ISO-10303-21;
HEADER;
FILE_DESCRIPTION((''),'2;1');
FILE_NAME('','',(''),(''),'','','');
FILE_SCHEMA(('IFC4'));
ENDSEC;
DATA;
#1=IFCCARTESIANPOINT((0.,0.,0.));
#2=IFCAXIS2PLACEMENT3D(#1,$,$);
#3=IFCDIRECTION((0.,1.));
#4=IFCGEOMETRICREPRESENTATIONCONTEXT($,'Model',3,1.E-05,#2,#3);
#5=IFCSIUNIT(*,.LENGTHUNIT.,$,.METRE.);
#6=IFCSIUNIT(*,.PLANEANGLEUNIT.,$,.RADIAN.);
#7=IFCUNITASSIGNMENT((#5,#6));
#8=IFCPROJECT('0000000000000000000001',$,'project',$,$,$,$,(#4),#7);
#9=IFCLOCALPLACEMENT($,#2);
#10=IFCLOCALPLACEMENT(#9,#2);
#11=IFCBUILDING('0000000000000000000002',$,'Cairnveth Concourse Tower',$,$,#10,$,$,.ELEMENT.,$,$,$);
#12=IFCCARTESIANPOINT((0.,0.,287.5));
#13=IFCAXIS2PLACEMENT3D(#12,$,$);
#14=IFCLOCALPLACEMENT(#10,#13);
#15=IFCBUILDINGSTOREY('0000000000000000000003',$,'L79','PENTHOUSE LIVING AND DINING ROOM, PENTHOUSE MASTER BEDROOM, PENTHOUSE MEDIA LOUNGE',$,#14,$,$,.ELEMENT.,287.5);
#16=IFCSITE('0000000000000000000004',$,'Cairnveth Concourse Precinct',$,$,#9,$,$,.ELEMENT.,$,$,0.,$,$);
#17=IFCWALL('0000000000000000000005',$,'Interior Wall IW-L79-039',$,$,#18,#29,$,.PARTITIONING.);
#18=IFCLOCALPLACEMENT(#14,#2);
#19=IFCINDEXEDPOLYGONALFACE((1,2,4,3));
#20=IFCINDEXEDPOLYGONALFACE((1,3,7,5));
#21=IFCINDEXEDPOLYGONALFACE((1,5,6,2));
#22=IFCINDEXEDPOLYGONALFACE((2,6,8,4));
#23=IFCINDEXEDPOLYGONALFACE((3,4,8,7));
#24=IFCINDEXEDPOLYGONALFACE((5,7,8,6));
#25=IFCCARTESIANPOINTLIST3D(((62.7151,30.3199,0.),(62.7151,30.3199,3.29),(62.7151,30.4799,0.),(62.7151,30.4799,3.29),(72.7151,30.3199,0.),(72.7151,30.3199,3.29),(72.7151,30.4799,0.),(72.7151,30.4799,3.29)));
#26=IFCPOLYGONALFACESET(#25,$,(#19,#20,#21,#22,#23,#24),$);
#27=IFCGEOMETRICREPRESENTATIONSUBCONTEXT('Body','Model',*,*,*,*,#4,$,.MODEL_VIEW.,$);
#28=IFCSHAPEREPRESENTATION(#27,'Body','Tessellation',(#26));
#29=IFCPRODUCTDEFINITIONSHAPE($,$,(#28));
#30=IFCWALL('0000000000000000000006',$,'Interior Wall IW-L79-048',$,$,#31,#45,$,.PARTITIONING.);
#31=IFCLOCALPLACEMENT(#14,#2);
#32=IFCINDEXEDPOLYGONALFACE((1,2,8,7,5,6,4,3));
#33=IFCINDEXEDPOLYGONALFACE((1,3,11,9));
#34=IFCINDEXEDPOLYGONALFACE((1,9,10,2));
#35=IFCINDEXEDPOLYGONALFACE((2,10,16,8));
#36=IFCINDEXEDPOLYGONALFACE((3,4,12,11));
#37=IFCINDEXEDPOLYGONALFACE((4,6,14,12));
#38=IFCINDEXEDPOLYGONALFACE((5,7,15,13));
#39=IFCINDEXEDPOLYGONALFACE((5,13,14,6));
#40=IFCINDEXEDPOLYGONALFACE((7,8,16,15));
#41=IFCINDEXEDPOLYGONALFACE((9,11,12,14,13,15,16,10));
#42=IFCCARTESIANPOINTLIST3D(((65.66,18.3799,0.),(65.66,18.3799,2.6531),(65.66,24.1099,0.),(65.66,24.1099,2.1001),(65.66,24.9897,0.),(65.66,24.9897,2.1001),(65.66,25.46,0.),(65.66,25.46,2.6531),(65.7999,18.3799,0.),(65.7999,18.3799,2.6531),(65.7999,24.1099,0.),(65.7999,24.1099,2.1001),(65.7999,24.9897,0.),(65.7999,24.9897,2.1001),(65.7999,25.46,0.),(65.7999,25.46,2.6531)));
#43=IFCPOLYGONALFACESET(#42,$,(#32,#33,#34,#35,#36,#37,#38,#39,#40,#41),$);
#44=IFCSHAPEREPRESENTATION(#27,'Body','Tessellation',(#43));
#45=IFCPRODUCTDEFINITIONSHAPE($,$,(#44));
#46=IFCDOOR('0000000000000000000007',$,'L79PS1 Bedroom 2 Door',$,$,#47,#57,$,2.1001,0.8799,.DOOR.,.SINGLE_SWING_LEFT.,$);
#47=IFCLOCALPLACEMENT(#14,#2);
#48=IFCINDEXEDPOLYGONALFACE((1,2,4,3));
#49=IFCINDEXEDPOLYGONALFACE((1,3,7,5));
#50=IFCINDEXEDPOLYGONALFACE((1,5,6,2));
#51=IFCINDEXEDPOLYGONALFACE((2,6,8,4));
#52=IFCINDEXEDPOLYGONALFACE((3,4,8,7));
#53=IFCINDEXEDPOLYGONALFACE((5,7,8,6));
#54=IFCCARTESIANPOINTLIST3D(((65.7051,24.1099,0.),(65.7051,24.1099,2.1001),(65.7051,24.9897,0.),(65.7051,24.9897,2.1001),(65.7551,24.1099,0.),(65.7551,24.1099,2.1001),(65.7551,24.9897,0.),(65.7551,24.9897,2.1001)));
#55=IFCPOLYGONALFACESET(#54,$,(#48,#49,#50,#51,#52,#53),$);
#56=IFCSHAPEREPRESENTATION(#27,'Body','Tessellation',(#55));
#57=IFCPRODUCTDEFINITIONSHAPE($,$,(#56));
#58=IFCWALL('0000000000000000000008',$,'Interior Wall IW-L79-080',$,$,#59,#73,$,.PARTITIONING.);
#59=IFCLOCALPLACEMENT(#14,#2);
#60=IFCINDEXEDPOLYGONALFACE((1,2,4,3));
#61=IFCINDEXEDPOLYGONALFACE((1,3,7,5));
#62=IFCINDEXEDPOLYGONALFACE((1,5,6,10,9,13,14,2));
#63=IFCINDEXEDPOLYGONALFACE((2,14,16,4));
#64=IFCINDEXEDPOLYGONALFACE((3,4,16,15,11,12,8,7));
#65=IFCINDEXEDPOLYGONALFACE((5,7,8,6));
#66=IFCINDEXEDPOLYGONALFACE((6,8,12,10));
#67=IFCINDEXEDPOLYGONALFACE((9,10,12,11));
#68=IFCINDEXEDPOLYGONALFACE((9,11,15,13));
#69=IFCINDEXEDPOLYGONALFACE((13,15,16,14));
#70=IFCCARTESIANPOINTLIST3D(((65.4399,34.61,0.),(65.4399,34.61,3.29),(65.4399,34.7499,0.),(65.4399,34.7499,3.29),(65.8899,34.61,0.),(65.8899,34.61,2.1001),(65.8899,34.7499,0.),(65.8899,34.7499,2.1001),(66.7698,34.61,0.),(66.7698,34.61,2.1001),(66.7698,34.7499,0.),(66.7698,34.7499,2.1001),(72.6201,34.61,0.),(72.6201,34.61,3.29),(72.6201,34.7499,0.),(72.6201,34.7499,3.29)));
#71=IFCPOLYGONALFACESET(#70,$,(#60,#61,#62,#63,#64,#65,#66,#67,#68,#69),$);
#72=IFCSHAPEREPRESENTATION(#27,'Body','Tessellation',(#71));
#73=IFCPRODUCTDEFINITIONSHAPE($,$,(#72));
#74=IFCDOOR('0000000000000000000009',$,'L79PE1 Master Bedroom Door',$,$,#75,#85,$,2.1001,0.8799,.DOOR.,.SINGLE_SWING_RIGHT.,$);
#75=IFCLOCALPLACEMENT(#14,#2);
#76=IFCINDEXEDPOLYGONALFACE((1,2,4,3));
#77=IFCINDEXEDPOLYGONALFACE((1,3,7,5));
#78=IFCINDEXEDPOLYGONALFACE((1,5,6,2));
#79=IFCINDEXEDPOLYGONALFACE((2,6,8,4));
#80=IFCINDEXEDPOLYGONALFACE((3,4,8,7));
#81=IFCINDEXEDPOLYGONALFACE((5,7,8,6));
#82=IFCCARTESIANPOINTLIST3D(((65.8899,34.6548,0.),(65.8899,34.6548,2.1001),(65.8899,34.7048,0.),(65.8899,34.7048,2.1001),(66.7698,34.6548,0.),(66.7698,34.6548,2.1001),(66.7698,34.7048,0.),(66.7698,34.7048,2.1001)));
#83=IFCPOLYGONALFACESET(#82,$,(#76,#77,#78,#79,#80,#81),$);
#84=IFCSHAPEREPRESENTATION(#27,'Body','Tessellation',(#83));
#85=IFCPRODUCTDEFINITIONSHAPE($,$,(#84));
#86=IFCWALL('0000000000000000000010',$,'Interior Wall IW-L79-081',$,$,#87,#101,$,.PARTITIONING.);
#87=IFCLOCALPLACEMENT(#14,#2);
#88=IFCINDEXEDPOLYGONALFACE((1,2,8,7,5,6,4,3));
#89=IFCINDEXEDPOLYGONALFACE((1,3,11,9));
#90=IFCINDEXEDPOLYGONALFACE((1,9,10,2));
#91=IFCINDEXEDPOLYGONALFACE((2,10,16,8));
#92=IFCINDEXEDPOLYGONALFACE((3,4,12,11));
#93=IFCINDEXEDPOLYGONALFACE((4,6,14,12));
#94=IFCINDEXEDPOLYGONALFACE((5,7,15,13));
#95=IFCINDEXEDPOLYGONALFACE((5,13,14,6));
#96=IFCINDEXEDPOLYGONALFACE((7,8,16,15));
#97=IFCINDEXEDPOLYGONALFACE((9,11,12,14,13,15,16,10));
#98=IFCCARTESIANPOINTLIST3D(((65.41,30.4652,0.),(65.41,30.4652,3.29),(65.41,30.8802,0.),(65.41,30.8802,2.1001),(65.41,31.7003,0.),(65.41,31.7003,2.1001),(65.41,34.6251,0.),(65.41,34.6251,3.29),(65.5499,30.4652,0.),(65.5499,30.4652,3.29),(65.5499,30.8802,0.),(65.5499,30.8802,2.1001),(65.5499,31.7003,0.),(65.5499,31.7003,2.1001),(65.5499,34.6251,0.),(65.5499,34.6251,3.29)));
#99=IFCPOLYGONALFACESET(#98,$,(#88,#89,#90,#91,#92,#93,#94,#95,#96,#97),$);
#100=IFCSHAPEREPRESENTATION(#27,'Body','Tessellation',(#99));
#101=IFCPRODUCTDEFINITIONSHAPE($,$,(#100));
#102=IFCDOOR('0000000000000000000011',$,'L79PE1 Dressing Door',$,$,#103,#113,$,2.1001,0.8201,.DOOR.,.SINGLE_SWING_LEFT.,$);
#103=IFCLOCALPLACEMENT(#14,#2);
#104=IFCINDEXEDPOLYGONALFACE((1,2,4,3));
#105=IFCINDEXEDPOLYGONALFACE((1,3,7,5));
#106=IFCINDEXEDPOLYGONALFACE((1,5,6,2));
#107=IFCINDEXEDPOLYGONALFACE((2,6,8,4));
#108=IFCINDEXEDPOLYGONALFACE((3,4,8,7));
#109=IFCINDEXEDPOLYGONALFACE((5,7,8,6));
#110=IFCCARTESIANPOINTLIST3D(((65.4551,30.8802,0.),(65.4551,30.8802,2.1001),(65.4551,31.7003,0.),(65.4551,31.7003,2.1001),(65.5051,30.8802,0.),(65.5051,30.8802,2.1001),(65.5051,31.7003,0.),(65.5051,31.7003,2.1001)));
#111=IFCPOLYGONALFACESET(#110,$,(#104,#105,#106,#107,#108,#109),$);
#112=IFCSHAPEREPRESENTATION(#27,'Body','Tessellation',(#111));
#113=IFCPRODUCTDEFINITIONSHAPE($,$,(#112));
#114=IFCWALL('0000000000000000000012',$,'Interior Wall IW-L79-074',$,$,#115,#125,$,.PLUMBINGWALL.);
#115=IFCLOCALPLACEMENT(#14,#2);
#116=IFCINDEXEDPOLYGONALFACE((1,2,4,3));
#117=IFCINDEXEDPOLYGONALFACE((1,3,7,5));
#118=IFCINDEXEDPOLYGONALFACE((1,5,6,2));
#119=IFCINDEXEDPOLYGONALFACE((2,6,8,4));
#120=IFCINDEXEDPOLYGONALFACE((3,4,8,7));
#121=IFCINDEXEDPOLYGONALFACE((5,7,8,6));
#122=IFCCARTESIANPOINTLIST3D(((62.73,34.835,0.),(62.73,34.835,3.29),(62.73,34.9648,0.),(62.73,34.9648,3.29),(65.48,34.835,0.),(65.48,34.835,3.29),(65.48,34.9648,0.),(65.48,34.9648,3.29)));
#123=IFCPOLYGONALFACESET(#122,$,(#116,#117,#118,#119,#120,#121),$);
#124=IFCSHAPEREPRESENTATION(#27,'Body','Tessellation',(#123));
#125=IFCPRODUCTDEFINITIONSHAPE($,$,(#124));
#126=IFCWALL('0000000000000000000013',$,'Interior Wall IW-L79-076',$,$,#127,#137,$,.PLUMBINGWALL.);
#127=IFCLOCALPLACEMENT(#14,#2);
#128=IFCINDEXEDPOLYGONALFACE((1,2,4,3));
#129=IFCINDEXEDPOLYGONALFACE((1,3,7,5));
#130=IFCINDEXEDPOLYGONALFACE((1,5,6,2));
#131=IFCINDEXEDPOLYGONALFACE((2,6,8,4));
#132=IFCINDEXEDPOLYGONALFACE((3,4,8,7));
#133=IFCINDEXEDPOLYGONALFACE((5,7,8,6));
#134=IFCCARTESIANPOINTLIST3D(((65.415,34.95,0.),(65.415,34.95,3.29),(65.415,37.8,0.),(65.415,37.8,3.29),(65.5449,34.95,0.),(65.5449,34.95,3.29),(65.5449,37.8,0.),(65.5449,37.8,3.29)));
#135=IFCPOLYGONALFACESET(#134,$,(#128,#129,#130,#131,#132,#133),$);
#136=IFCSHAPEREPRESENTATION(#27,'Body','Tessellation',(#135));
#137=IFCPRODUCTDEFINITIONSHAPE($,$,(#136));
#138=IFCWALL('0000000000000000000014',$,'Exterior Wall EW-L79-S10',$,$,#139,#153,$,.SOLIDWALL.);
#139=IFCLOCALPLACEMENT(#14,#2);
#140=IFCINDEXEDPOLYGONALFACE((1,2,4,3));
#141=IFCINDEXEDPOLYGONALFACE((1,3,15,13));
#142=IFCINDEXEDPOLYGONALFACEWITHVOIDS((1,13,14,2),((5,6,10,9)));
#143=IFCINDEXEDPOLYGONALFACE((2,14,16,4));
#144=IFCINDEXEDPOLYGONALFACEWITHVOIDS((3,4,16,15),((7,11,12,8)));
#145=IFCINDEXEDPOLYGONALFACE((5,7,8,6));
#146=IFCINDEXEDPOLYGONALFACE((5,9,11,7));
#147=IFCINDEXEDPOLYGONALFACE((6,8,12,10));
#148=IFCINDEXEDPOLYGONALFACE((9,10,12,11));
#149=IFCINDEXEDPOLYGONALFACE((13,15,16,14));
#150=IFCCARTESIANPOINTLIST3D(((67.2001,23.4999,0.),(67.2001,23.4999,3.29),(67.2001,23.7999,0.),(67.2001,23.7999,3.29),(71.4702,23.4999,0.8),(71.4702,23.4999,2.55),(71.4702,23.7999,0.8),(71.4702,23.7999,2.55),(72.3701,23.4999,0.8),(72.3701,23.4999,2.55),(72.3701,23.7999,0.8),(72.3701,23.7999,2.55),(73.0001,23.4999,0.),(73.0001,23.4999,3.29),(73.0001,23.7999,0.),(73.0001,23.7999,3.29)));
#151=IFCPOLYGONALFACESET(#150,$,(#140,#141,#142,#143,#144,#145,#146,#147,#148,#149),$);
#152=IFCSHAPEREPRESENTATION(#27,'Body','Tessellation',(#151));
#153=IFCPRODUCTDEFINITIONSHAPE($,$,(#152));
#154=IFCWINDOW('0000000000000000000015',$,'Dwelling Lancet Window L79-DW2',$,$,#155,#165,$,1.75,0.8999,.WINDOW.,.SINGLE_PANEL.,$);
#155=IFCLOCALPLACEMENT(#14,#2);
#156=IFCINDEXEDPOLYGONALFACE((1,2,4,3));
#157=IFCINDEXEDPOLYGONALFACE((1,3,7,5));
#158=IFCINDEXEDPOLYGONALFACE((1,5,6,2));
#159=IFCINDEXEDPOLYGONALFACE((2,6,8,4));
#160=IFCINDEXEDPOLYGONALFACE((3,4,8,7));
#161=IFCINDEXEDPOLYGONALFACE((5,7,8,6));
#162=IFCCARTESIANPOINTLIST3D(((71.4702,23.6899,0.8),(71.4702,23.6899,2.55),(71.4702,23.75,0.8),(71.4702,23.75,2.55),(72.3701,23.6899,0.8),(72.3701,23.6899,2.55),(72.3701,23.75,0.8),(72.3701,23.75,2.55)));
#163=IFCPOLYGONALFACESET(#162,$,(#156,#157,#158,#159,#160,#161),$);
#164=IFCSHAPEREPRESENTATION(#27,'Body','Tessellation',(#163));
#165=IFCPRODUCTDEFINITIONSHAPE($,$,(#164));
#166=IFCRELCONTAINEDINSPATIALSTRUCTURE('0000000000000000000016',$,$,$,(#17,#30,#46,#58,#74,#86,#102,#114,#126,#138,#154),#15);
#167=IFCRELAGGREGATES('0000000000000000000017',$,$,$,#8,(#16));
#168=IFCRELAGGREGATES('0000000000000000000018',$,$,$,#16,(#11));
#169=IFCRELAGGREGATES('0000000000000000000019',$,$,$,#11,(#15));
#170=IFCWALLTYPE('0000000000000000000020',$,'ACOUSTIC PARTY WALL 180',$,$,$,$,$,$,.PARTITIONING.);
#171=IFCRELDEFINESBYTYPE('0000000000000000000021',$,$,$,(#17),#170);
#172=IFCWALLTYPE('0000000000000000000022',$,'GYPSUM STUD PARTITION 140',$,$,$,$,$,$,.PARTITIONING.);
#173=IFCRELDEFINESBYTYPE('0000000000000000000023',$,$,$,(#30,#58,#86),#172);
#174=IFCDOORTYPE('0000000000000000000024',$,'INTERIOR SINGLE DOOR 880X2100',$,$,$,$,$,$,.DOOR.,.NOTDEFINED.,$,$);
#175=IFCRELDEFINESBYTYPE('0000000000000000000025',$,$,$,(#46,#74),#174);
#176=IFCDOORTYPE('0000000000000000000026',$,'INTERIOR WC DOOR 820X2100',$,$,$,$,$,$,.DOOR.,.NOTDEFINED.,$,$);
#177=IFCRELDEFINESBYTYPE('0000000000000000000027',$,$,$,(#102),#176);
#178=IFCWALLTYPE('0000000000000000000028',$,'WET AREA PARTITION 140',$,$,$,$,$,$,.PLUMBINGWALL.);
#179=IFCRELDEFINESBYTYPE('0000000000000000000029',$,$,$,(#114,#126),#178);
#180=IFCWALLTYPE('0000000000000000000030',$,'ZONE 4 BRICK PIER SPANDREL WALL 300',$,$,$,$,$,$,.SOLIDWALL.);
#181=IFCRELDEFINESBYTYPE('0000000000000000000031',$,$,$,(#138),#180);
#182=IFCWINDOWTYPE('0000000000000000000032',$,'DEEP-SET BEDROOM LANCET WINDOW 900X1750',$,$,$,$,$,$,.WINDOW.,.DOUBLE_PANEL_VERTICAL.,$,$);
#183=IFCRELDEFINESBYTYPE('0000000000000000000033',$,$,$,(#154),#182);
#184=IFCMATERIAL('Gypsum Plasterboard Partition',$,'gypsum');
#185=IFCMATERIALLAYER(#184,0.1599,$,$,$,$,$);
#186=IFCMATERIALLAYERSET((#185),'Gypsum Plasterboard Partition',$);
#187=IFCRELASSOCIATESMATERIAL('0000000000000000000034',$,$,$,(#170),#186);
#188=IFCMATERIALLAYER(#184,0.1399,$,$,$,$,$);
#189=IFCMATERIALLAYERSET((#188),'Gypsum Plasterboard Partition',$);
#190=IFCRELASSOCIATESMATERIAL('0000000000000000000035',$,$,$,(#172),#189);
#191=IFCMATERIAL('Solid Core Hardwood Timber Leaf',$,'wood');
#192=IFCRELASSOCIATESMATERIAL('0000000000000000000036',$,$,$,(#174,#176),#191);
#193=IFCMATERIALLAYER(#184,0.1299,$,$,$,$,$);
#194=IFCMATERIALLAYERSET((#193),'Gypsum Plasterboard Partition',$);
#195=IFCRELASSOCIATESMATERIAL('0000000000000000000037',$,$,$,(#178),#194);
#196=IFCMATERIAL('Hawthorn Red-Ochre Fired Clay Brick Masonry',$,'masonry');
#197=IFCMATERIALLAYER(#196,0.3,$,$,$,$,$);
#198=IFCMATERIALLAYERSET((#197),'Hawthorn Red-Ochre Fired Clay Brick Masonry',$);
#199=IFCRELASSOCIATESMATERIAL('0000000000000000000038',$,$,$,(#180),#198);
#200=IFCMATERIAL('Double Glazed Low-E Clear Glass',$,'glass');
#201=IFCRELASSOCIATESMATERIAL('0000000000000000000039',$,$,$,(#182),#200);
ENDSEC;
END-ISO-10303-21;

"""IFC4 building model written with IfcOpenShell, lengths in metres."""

from ifc_helpers import new_model, si_unit, direction, frame, frame_2d, origin, place, context, subcontext, project, spatial, rectangle, extrude, material, layer, layer_set, type_object, element, fill, save


model = new_model("IFC4")

# Units and contexts
model_context = context("Model", 3, precision=1e-05, world=origin(), true_north=direction((0.0, 1.0)))
body_context = subcontext(model_context, "Body", "Model", "MODEL_VIEW")
ifc_project = project(units=[si_unit("LENGTHUNIT", "METRE"), si_unit("PLANEANGLEUNIT", "RADIAN")], contexts=[model_context])

# Site, building, storey
site_placement = place(None, origin())
site = spatial("IfcSite", under=ifc_project, at=site_placement, Name="Cairnveth Concourse Precinct", CompositionType="ELEMENT", RefElevation=0.0)
building_placement = place(site_placement, origin())
building = spatial("IfcBuilding", under=site, at=building_placement, Name="Cairnveth Concourse Tower", CompositionType="ELEMENT")
storey_placement = place(building_placement, frame((0.0, 0.0, 287.5)))
storey = spatial("IfcBuildingStorey", under=building, at=storey_placement, Name="L79", Description="PENTHOUSE LIVING AND DINING ROOM, PENTHOUSE MASTER BEDROOM, PENTHOUSE MEDIA LOUNGE", CompositionType="ELEMENT", Elevation=287.5)

# Wall
ifc_material_1 = material(Name="Gypsum Plasterboard Partition", Category="gypsum")
ifc_layer_1 = layer(ifc_material_1, 0.1599)
ifc_layer_set_1 = layer_set([ifc_layer_1], Name="Gypsum Plasterboard Partition")
wall_type_1 = type_object("IfcWallType", Name="ACOUSTIC PARTY WALL 180", PredefinedType="PARTITIONING", material=ifc_layer_set_1)
wall_1_placement = place(storey_placement, frame((62.7151, 30.3999, 0.0), z_axis=(0.0, 0.0, 1.0), x_axis=(1.0, 0.0, 0.0)))
element("IfcWall", 1, at=wall_1_placement, inside=storey, type_object=wall_type_1, Name="Interior Wall IW-L79-039", PredefinedType="PARTITIONING", context=body_context, shape_type="SweptSolid", body=[
    extrude(rectangle(XDim=10.0, YDim=0.1599, at=frame_2d((5.0, 0.0))), origin(), (0.0, 0.0, 1.0), 3.29),
])

# Walls, openings, doors
ifc_layer_2 = layer(ifc_material_1, 0.1399)
ifc_layer_set_2 = layer_set([ifc_layer_2], Name="Gypsum Plasterboard Partition")
wall_type_2 = type_object("IfcWallType", Name="GYPSUM STUD PARTITION 140", PredefinedType="PARTITIONING", material=ifc_layer_set_2)
wall_2_placement = place(storey_placement, frame((65.73, 18.3799, 0.0), z_axis=(0.0, 0.0, 1.0), x_axis=(0.0, 1.0, 0.0)))
wall_2 = element("IfcWall", 2, at=wall_2_placement, inside=storey, type_object=wall_type_2, Name="Interior Wall IW-L79-048", PredefinedType="PARTITIONING", context=body_context, shape_type="SweptSolid", body=[
    extrude(rectangle(XDim=7.0801, YDim=0.1399, at=frame_2d((3.54, 0.0))), origin(), (0.0, 0.0, 1.0), 2.6531),
])
opening_1_placement = place(wall_2_placement, frame((5.73, 0.0, 0.0)))
opening_1 = element("IfcOpeningElement", 3, at=opening_1_placement, cuts=wall_2, PredefinedType="OPENING", context=body_context, shape_type="SweptSolid", body=[
    extrude(rectangle(XDim=0.8799, YDim=2.1001, at=frame_2d((0.4399, 1.05))), frame((0.0, 0.0798, 0.0), z_axis=(0.0, -1.0, 0.0), x_axis=(1.0, 0.0, 0.0)), (0.0, 0.0, 1.0), 0.1599),
])
ifc_material_2 = material(Name="Solid Core Hardwood Timber Leaf", Category="wood")
door_type_1 = type_object("IfcDoorType", Name="INTERIOR SINGLE DOOR 880X2100", OperationType="NOTDEFINED", PredefinedType="DOOR", material=ifc_material_2)
door_1_placement = place(opening_1_placement, origin())
door_1 = element("IfcDoor", 4, at=door_1_placement, inside=storey, type_object=door_type_1, Name="L79PS1 Bedroom 2 Door", OperationType="SINGLE_SWING_LEFT", OverallHeight=2.1001, OverallWidth=0.8799, PredefinedType="DOOR", context=body_context, shape_type="SweptSolid", body=[
    extrude(rectangle(XDim=0.8799, YDim=2.1001, at=frame_2d((0.4399, 1.05))), frame((0.0, 0.0249, 0.0), z_axis=(0.0, -1.0, 0.0), x_axis=(1.0, 0.0, 0.0)), (0.0, 0.0, 1.0), 0.05),
])
fill(opening_1, door_1)
wall_3_placement = place(storey_placement, frame((65.4399, 34.6799, 0.0), z_axis=(0.0, 0.0, 1.0), x_axis=(1.0, 0.0, 0.0)))
wall_3 = element("IfcWall", 5, at=wall_3_placement, inside=storey, type_object=wall_type_2, Name="Interior Wall IW-L79-080", PredefinedType="PARTITIONING", context=body_context, shape_type="SweptSolid", body=[
    extrude(rectangle(XDim=7.1802, YDim=0.1399, at=frame_2d((3.5901, 0.0))), origin(), (0.0, 0.0, 1.0), 3.29),
])
opening_2_placement = place(wall_3_placement, frame((0.45, 0.0, 0.0)))
opening_2 = element("IfcOpeningElement", 6, at=opening_2_placement, cuts=wall_3, PredefinedType="OPENING", context=body_context, shape_type="SweptSolid", body=[
    extrude(rectangle(XDim=0.8799, YDim=2.1001, at=frame_2d((0.4399, 1.05))), frame((0.0, 0.0798, 0.0), z_axis=(0.0, -1.0, 0.0), x_axis=(1.0, 0.0, 0.0)), (0.0, 0.0, 1.0), 0.1599),
])
door_2_placement = place(opening_2_placement, origin())
door_2 = element("IfcDoor", 7, at=door_2_placement, inside=storey, type_object=door_type_1, Name="L79PE1 Master Bedroom Door", OperationType="SINGLE_SWING_RIGHT", OverallHeight=2.1001, OverallWidth=0.8799, PredefinedType="DOOR", context=body_context, shape_type="SweptSolid", body=[
    extrude(rectangle(XDim=0.8799, YDim=2.1001, at=frame_2d((0.4399, 1.05))), frame((0.0, 0.0249, 0.0), z_axis=(0.0, -1.0, 0.0), x_axis=(1.0, 0.0, 0.0)), (0.0, 0.0, 1.0), 0.05),
])
fill(opening_2, door_2)
wall_4_placement = place(storey_placement, frame((65.48, 30.4651, 0.0), z_axis=(0.0, 0.0, 1.0), x_axis=(0.0, 1.0, 0.0)))
wall_4 = element("IfcWall", 8, at=wall_4_placement, inside=storey, type_object=wall_type_2, Name="Interior Wall IW-L79-081", PredefinedType="PARTITIONING", context=body_context, shape_type="SweptSolid", body=[
    extrude(rectangle(XDim=4.1599, YDim=0.1399, at=frame_2d((2.0801, 0.0))), origin(), (0.0, 0.0, 1.0), 3.29),
])
opening_3_placement = place(wall_4_placement, frame((0.415, 0.0, 0.0)))
opening_3 = element("IfcOpeningElement", 9, at=opening_3_placement, cuts=wall_4, PredefinedType="OPENING", context=body_context, shape_type="SweptSolid", body=[
    extrude(rectangle(XDim=0.8201, YDim=2.1001, at=frame_2d((0.4102, 1.05))), frame((0.0, 0.0798, 0.0), z_axis=(0.0, -1.0, 0.0), x_axis=(1.0, 0.0, 0.0)), (0.0, 0.0, 1.0), 0.1599),
])
door_type_2 = type_object("IfcDoorType", Name="INTERIOR WC DOOR 820X2100", OperationType="NOTDEFINED", PredefinedType="DOOR", material=ifc_material_2)
door_3_placement = place(opening_3_placement, origin())
door_3 = element("IfcDoor", 10, at=door_3_placement, inside=storey, type_object=door_type_2, Name="L79PE1 Dressing Door", OperationType="SINGLE_SWING_LEFT", OverallHeight=2.1001, OverallWidth=0.8201, PredefinedType="DOOR", context=body_context, shape_type="SweptSolid", body=[
    extrude(rectangle(XDim=0.8201, YDim=2.1001, at=frame_2d((0.4102, 1.05))), frame((0.0, 0.0249, 0.0), z_axis=(0.0, -1.0, 0.0), x_axis=(1.0, 0.0, 0.0)), (0.0, 0.0, 1.0), 0.05),
])
fill(opening_3, door_3)

# Walls
ifc_layer_3 = layer(ifc_material_1, 0.1299)
ifc_layer_set_3 = layer_set([ifc_layer_3], Name="Gypsum Plasterboard Partition")
wall_type_3 = type_object("IfcWallType", Name="WET AREA PARTITION 140", PredefinedType="PLUMBINGWALL", material=ifc_layer_set_3)
wall_5_placement = place(storey_placement, frame((62.73, 34.8999, 0.0), z_axis=(0.0, 0.0, 1.0), x_axis=(1.0, 0.0, 0.0)))
element("IfcWall", 11, at=wall_5_placement, inside=storey, type_object=wall_type_3, Name="Interior Wall IW-L79-074", PredefinedType="PLUMBINGWALL", context=body_context, shape_type="SweptSolid", body=[
    extrude(rectangle(XDim=2.75, YDim=0.1299, at=frame_2d((1.375, 0.0))), origin(), (0.0, 0.0, 1.0), 3.29),
])
wall_6_placement = place(storey_placement, frame((65.48, 34.95, 0.0), z_axis=(0.0, 0.0, 1.0), x_axis=(0.0, 1.0, 0.0)))
element("IfcWall", 12, at=wall_6_placement, inside=storey, type_object=wall_type_3, Name="Interior Wall IW-L79-076", PredefinedType="PLUMBINGWALL", context=body_context, shape_type="SweptSolid", body=[
    extrude(rectangle(XDim=2.8501, YDim=0.1299, at=frame_2d((1.425, 0.0))), origin(), (0.0, 0.0, 1.0), 3.29),
])

# Wall, opening, window
ifc_material_3 = material(Name="Hawthorn Red-Ochre Fired Clay Brick Masonry", Category="masonry")
ifc_layer_4 = layer(ifc_material_3, 0.3)
ifc_layer_set_4 = layer_set([ifc_layer_4], Name="Hawthorn Red-Ochre Fired Clay Brick Masonry")
wall_type_4 = type_object("IfcWallType", Name="ZONE 4 BRICK PIER SPANDREL WALL 300", PredefinedType="SOLIDWALL", material=ifc_layer_set_4)
wall_7_placement = place(storey_placement, frame((73.0, 23.6499, 0.0), z_axis=(0.0, 0.0, 1.0), x_axis=(-1.0, 0.0, 0.0)))
wall_7 = element("IfcWall", 13, at=wall_7_placement, inside=storey, type_object=wall_type_4, Name="Exterior Wall EW-L79-S10", PredefinedType="SOLIDWALL", context=body_context, shape_type="SweptSolid", body=[
    extrude(rectangle(XDim=5.8, YDim=0.3, at=frame_2d((2.8999, 0.0))), origin(), (0.0, 0.0, 1.0), 3.29),
])
opening_4_placement = place(wall_7_placement, frame((0.6299, 0.0, 0.8)))
opening_4 = element("IfcOpeningElement", 14, at=opening_4_placement, cuts=wall_7, PredefinedType="OPENING", context=body_context, shape_type="SweptSolid", body=[
    extrude(rectangle(XDim=0.8999, YDim=1.75, at=frame_2d((0.45, 0.875))), frame((0.0, 0.1599, 0.0), z_axis=(0.0, -1.0, 0.0), x_axis=(1.0, 0.0, 0.0)), (0.0, 0.0, 1.0), 0.3201),
])
ifc_material_4 = material(Name="Double Glazed Low-E Clear Glass", Category="glass")
window_type = type_object("IfcWindowType", Name="DEEP-SET BEDROOM LANCET WINDOW 900X1750", PartitioningType="DOUBLE_PANEL_VERTICAL", PredefinedType="WINDOW", material=ifc_material_4)
window_placement = place(opening_4_placement, origin())
window = element("IfcWindow", 15, at=window_placement, inside=storey, type_object=window_type, Name="Dwelling Lancet Window L79-DW2", OverallHeight=1.75, OverallWidth=0.8999, PartitioningType="SINGLE_PANEL", PredefinedType="WINDOW", context=body_context, shape_type="SweptSolid", body=[
    extrude(rectangle(XDim=0.8999, YDim=1.75, at=frame_2d((0.45, 0.875))), frame((0.0, -0.04, 0.0), z_axis=(0.0, -1.0, 0.0), x_axis=(1.0, 0.0, 0.0)), (0.0, 0.0, 1.0), 0.0601),
])
fill(opening_4, window)

save(model, "model.ifc")
